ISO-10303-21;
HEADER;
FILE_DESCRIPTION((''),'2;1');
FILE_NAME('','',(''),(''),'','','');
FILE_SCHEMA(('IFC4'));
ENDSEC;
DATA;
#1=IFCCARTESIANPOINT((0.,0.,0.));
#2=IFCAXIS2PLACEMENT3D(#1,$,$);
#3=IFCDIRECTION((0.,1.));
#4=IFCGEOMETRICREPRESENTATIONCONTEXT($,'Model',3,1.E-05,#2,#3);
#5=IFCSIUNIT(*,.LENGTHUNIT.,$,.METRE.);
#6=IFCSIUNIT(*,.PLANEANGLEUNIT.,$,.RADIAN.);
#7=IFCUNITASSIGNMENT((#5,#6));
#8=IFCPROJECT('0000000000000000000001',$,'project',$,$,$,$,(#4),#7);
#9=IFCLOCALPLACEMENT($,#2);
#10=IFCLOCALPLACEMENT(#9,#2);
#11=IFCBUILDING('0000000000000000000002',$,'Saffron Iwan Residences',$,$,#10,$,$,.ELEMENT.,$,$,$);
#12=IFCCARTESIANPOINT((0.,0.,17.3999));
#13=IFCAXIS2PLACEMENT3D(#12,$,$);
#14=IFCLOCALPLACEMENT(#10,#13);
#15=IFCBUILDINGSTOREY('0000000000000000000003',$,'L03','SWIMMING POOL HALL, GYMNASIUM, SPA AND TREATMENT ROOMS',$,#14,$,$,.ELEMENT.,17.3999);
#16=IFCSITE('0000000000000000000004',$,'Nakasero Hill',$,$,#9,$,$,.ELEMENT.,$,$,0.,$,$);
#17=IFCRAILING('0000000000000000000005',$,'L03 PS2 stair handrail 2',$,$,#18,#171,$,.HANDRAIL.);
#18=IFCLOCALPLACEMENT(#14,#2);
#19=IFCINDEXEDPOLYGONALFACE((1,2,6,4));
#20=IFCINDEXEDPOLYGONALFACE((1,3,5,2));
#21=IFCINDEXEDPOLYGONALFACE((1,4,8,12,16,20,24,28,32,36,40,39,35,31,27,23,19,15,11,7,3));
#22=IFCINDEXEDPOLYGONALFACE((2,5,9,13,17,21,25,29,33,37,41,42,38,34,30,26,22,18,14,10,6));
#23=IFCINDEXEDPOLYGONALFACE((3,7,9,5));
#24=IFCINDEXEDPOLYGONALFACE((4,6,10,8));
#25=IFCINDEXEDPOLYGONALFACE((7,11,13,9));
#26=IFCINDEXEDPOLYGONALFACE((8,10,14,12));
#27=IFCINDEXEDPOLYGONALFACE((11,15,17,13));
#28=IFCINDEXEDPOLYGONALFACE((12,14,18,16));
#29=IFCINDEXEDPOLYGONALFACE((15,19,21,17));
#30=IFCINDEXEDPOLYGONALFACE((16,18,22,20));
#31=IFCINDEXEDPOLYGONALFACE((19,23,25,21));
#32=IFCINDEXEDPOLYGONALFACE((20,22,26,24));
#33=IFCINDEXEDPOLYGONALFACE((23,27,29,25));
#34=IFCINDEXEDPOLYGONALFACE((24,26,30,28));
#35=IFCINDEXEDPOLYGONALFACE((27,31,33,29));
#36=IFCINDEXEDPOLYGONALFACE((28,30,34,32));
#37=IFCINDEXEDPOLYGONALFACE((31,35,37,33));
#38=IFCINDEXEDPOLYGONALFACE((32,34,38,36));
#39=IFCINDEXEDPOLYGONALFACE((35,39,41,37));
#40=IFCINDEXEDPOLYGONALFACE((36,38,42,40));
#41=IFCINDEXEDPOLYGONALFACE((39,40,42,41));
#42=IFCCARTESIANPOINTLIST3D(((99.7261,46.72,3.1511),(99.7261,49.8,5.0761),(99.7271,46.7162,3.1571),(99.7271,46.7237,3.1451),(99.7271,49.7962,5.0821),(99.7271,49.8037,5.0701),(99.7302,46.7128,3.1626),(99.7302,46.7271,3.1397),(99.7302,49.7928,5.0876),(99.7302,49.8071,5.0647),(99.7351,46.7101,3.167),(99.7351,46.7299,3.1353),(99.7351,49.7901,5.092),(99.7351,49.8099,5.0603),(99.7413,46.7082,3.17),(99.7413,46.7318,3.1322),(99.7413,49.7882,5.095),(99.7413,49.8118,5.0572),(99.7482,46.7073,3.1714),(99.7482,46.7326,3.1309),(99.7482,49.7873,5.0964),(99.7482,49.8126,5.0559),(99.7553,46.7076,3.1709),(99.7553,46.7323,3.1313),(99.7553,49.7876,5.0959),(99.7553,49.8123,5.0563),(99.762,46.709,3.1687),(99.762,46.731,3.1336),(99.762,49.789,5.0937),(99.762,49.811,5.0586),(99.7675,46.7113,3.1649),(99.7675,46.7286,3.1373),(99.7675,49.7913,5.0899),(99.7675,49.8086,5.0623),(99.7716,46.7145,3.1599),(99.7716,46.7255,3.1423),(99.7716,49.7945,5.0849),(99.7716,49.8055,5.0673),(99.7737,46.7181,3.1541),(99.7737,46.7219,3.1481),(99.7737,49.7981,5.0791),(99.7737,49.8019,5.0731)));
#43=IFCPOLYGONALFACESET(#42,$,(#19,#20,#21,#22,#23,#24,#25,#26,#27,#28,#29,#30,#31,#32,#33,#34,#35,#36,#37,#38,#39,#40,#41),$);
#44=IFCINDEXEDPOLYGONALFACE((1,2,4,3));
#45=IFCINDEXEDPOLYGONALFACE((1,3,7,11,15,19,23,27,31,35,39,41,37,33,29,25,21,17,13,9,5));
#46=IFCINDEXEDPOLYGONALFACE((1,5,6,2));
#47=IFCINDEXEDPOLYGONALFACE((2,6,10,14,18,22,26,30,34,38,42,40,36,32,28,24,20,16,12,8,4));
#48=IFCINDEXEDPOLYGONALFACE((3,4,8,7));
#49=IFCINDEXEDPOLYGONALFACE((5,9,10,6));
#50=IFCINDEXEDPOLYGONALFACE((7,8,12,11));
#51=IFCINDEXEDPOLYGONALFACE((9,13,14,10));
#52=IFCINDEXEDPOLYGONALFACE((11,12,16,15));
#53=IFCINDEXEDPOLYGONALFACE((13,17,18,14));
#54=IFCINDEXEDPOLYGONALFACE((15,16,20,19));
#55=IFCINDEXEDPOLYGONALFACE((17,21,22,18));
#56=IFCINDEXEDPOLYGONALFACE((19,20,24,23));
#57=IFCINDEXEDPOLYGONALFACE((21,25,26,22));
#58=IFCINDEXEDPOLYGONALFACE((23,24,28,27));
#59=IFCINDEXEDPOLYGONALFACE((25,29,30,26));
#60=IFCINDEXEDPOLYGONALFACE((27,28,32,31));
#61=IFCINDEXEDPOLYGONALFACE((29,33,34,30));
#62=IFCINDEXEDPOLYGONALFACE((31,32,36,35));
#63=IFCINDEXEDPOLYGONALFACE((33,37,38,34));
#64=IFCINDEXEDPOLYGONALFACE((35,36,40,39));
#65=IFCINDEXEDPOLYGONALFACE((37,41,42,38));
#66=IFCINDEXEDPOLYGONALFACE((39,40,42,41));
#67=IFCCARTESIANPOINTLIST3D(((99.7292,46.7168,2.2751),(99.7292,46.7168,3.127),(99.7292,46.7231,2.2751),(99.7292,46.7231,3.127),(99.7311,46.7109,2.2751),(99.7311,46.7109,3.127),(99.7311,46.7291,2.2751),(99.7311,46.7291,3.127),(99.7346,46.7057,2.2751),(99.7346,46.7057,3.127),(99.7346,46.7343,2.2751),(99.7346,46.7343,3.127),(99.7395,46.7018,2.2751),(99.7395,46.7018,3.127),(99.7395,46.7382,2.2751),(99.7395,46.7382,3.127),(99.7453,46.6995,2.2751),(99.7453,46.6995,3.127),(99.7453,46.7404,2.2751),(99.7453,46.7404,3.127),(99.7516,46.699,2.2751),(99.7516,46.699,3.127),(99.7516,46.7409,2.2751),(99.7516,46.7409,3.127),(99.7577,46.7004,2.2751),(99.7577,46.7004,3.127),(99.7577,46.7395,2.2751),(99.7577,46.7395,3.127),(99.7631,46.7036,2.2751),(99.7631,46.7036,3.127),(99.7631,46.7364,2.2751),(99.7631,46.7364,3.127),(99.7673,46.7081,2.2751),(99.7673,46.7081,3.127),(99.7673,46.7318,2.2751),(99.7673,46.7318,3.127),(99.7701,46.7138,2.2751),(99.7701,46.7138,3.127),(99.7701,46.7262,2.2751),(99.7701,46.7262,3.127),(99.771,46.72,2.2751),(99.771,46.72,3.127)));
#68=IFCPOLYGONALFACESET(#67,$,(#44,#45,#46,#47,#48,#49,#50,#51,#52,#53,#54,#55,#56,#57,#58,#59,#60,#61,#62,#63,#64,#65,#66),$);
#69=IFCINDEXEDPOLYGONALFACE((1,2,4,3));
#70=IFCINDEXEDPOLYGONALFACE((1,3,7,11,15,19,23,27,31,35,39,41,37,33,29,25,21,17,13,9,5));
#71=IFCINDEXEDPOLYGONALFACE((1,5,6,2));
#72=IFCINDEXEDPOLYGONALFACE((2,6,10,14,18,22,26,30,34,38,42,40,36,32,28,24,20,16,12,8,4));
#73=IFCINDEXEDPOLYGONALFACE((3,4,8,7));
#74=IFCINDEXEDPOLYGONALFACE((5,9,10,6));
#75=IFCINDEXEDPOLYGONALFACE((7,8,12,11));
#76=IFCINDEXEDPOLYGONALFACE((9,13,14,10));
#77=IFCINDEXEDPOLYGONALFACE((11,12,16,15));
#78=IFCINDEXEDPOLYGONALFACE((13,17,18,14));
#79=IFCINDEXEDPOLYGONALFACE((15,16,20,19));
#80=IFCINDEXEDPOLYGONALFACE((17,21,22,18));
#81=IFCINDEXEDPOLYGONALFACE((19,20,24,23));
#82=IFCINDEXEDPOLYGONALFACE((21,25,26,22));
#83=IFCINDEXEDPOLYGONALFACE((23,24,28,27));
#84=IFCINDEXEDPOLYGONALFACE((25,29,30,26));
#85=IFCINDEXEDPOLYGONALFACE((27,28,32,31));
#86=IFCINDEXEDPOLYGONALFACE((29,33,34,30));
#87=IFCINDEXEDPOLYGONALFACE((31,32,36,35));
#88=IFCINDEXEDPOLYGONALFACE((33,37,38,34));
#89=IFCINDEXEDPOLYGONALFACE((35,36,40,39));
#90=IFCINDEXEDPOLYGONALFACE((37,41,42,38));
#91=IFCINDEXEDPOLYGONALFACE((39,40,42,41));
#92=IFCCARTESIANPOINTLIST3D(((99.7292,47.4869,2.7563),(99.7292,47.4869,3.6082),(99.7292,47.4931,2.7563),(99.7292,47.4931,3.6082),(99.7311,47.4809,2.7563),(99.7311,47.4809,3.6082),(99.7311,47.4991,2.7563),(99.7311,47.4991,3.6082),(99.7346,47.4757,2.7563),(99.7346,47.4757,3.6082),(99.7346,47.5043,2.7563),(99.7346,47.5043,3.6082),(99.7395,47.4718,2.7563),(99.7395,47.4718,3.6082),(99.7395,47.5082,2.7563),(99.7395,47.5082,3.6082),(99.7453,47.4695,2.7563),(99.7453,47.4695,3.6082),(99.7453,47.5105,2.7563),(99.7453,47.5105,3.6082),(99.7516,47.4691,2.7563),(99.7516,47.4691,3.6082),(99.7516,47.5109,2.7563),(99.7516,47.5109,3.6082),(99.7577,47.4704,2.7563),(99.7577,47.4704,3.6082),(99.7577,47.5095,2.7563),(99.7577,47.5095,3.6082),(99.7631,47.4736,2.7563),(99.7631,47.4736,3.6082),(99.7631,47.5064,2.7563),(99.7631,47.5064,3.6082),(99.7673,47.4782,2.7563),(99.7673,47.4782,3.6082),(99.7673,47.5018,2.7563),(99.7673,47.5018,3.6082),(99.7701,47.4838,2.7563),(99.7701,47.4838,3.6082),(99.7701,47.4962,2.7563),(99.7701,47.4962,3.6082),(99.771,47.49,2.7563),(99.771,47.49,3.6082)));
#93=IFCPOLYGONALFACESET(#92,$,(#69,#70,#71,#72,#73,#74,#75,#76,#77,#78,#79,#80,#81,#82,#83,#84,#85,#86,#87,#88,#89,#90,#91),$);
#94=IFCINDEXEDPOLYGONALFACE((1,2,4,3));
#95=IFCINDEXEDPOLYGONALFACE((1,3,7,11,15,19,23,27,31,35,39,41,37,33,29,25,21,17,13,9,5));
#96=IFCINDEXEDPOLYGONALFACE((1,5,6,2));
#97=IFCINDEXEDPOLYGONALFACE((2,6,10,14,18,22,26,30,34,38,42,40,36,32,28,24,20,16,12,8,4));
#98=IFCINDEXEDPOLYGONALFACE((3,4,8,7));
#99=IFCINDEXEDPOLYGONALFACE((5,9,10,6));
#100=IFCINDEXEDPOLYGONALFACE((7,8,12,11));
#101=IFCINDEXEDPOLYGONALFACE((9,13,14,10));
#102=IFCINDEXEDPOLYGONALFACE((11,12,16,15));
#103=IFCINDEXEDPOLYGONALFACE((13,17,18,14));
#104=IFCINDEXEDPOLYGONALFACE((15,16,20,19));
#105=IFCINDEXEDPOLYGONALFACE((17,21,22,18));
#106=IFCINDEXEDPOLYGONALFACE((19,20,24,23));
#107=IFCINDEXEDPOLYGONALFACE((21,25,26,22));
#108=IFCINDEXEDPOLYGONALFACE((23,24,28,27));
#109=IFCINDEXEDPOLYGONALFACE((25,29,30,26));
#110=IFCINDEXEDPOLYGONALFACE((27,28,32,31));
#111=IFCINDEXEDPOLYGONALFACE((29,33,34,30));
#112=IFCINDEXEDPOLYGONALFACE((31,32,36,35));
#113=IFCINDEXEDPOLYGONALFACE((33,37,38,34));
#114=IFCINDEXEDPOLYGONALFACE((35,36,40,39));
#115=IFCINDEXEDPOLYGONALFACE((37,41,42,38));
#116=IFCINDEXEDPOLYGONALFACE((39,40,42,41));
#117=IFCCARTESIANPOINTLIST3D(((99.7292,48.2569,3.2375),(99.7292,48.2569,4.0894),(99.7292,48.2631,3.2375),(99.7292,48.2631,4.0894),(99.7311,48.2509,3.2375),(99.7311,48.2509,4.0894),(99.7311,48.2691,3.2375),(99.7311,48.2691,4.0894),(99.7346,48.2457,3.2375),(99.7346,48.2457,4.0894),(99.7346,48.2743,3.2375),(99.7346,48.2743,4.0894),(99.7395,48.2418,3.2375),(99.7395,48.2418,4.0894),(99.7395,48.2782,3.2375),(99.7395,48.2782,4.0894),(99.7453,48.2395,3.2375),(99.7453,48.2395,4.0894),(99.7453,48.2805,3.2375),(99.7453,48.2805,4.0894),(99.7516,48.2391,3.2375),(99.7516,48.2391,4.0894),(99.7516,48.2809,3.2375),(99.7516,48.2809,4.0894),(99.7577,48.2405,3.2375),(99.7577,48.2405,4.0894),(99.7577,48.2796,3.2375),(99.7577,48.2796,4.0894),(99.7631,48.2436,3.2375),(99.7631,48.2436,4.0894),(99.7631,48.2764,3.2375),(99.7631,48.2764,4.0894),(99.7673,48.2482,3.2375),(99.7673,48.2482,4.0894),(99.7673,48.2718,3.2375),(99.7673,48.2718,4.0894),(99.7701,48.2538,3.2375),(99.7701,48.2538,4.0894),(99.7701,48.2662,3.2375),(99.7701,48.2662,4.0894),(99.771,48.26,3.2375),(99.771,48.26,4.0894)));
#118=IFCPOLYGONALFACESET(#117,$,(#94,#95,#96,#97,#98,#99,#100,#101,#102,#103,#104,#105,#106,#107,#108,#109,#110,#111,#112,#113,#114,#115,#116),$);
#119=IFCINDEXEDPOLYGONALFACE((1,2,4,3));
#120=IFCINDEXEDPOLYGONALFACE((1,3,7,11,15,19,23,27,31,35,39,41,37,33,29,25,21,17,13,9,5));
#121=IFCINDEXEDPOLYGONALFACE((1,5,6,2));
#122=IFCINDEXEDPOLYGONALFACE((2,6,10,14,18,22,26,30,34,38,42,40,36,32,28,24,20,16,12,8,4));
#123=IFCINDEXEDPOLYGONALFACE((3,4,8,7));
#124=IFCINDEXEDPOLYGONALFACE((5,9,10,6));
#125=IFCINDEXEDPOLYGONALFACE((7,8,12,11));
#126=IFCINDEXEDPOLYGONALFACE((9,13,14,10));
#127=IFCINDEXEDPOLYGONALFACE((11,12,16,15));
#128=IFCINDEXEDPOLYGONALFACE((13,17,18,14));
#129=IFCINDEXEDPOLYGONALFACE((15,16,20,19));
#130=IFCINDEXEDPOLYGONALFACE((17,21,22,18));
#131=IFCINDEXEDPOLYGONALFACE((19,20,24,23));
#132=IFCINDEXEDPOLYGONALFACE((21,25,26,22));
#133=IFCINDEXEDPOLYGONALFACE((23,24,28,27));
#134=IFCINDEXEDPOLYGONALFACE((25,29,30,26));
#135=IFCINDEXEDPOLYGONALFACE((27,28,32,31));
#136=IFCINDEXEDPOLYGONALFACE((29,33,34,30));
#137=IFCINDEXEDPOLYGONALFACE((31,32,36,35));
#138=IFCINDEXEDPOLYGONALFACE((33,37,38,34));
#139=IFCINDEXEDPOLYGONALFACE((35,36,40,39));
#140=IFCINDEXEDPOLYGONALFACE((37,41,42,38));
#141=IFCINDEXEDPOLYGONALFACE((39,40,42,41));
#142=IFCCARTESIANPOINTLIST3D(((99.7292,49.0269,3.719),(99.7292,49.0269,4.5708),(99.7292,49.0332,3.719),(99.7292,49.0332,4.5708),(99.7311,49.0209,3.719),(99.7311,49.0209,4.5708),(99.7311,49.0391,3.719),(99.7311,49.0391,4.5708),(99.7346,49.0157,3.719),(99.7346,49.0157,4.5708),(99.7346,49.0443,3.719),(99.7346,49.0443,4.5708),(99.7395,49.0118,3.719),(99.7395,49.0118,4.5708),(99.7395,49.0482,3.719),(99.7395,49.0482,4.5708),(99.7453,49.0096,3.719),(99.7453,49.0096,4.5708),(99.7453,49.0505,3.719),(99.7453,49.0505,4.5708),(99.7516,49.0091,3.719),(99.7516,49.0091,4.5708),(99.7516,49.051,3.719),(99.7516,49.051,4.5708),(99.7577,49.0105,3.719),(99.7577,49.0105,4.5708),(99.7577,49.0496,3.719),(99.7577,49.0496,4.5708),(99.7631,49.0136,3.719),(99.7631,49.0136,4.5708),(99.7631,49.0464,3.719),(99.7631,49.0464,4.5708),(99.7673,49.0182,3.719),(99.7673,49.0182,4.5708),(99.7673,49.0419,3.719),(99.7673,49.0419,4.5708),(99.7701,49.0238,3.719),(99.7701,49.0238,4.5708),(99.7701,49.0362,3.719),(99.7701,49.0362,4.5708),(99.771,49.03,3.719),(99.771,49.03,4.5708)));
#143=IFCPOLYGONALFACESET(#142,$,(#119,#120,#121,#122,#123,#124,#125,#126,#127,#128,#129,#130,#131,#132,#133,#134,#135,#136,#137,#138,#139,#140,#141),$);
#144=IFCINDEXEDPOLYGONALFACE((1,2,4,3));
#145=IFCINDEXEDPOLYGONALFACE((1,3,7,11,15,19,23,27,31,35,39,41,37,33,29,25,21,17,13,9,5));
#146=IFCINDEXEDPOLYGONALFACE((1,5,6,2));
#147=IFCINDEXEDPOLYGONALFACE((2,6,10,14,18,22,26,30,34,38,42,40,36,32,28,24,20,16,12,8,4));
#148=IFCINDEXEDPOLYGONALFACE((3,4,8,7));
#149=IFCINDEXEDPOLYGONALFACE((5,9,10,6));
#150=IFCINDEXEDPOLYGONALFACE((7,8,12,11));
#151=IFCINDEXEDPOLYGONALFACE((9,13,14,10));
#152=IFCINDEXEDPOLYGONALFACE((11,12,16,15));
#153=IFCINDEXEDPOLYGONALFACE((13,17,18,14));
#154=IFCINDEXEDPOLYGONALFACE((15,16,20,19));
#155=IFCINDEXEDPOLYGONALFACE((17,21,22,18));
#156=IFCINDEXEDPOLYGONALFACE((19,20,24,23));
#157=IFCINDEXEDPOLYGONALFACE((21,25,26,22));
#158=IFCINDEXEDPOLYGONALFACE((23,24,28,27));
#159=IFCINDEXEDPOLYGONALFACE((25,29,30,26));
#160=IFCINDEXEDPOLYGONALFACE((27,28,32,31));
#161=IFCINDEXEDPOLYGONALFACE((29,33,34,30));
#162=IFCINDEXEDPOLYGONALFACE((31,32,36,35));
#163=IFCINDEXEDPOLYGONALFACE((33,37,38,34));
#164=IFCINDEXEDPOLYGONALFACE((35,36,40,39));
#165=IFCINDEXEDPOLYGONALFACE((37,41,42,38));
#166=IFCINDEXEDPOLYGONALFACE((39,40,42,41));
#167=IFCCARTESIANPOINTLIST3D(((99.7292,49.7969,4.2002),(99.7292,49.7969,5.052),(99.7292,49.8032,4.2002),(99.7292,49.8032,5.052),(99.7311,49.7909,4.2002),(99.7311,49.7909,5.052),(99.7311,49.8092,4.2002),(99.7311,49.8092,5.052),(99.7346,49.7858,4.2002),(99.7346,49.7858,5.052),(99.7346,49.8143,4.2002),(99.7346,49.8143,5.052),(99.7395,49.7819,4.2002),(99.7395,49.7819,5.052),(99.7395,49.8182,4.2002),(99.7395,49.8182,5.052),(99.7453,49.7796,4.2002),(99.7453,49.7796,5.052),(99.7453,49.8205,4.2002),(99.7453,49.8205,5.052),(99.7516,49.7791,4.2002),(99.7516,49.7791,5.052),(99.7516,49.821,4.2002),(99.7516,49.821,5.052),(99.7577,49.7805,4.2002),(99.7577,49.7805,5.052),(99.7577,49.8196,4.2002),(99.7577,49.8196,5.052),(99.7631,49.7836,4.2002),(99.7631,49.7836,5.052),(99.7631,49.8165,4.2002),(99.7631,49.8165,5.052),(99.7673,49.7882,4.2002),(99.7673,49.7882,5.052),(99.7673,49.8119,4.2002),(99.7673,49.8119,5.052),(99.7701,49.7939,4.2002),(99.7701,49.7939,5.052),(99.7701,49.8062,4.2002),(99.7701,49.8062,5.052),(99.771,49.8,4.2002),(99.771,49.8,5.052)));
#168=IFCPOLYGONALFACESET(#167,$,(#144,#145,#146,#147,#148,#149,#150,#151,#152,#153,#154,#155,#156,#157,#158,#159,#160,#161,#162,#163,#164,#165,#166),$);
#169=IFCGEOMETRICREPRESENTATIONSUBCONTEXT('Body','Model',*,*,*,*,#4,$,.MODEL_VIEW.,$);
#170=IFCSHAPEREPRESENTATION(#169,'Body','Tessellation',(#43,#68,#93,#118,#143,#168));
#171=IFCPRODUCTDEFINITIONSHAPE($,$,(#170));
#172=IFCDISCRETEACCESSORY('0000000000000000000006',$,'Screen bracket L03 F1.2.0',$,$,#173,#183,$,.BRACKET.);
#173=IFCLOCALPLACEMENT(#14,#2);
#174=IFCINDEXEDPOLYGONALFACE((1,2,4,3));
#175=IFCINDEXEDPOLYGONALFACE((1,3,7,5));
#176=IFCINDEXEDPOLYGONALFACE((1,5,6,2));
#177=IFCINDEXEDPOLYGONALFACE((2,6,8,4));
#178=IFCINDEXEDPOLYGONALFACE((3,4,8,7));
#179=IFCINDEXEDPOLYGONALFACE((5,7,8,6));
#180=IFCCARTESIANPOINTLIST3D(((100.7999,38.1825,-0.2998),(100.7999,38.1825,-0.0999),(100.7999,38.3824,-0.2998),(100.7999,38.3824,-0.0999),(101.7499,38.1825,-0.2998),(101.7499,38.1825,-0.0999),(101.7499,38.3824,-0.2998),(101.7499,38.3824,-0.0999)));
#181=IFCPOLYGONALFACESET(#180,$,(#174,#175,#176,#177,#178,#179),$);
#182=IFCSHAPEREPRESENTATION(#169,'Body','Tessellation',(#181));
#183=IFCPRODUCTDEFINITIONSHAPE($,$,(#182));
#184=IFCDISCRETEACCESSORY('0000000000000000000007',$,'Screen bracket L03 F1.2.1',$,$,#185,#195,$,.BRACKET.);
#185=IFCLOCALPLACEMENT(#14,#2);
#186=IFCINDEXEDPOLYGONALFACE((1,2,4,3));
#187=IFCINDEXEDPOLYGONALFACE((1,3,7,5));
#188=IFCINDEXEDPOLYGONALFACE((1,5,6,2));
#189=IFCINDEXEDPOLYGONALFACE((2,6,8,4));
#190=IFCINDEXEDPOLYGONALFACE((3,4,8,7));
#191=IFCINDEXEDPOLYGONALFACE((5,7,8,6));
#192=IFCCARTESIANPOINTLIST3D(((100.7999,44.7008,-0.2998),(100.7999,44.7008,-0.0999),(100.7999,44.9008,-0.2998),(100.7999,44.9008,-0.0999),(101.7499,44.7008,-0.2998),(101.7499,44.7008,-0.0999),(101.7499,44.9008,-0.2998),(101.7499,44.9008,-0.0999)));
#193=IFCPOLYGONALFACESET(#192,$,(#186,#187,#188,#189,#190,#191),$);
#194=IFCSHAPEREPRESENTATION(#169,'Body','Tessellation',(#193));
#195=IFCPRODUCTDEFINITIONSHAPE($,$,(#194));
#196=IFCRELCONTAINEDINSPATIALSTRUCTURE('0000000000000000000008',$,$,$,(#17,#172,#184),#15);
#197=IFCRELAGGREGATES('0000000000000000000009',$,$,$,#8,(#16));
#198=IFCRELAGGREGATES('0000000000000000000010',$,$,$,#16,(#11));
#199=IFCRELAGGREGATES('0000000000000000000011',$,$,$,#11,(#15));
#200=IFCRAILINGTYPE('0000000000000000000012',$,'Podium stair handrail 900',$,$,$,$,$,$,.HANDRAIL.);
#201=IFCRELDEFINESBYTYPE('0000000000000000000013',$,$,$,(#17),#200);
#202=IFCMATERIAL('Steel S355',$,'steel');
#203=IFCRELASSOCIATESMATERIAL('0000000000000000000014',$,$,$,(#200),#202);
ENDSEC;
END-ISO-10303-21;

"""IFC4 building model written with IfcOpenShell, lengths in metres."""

from ifc_helpers import new_model, si_unit, direction, frame, origin, origin_2d, place, context, subcontext, project, spatial, rectangle, circle, extrude, source, transform, mapped, material, type_object, element, save


model = new_model("IFC4")

# Units and contexts
model_context = context("Model", 3, precision=1e-05, world=origin(), true_north=direction((0.0, 1.0)))
body_context = subcontext(model_context, "Body", "Model", "MODEL_VIEW")
ifc_project = project(units=[si_unit("LENGTHUNIT", "METRE"), si_unit("PLANEANGLEUNIT", "RADIAN")], contexts=[model_context])

# Site, building, storey
site_placement = place(None, origin())
site = spatial("IfcSite", under=ifc_project, at=site_placement, Name="Nakasero Hill", CompositionType="ELEMENT", RefElevation=0.0)
building_placement = place(site_placement, origin())
building = spatial("IfcBuilding", under=site, at=building_placement, Name="Saffron Iwan Residences", CompositionType="ELEMENT")
storey_placement = place(building_placement, frame((0.0, 0.0, 17.3999)))
storey = spatial("IfcBuildingStorey", under=building, at=storey_placement, Name="L03", Description="SWIMMING POOL HALL, GYMNASIUM, SPA AND TREATMENT ROOMS", CompositionType="ELEMENT", Elevation=17.3999)

# Railing
ifc_material_1 = material(Name="Steel S355", Category="steel")
railing_type_1 = type_object("IfcRailingType", Name="Podium stair handrail 900", PredefinedType="HANDRAIL", material=ifc_material_1)
railing_1_placement = place(storey_placement, frame((99.75, 46.72, 2.2751)))
element("IfcRailing", 1, at=railing_1_placement, inside=storey, type_object=railing_type_1, Name="L03 PS2 stair handrail 2", PredefinedType="HANDRAIL", context=body_context, shape_type="SweptSolid", body=[
    extrude(circle(Radius=0.0239, at=origin_2d()), frame((0.0, 0.0, 0.876), z_axis=(0.0, 0.847998, 0.529999), x_axis=(-1.0, 0.0, 0.0)), (0.0, 0.0, 1.0), 3.6321),
    extrude(circle(Radius=0.021, at=origin_2d()), origin(), (0.0, 0.0, 1.0), 0.8518),
    extrude(circle(Radius=0.021, at=origin_2d()), frame((0.0, 0.77, 0.4812)), (0.0, 0.0, 1.0), 0.8518),
    extrude(circle(Radius=0.021, at=origin_2d()), frame((0.0, 1.54, 0.9624)), (0.0, 0.0, 1.0), 0.8518),
    extrude(circle(Radius=0.021, at=origin_2d()), frame((0.0, 2.3101, 1.4438)), (0.0, 0.0, 1.0), 0.8518),
    extrude(circle(Radius=0.021, at=origin_2d()), frame((0.0, 3.0801, 1.925)), (0.0, 0.0, 1.0), 0.8518),
])

# Discrete accessories
shared_shape_1 = source(origin(), body_context, "Body", "SweptSolid", [
    extrude(rectangle(XDim=0.95, YDim=0.2, at=origin_2d()), origin(), (0.0, 0.0, 1.0), 0.2),
])
for number, where, z_axis, x_axis, name in (
    (2, (101.2749, 38.2825, -0.2998), (0.0, 0.0, 1.0), (1.0, 0.0, 0.0), "Screen bracket L03 F1.2.0"),
    (3, (101.2749, 44.8008, -0.2998), (0.0, 0.0, 1.0), (1.0, 0.0, 0.0), "Screen bracket L03 F1.2.1"),
):
    element("IfcDiscreteAccessory", number, at=place(storey_placement, frame(where, z_axis=z_axis, x_axis=x_axis)), inside=storey, Name=name, PredefinedType="BRACKET", context=body_context, shape_type="MappedRepresentation", body=[
        mapped(shared_shape_1, transform((0.0, 0.0, 0.0))),
    ])

save(model, "model.ifc")
